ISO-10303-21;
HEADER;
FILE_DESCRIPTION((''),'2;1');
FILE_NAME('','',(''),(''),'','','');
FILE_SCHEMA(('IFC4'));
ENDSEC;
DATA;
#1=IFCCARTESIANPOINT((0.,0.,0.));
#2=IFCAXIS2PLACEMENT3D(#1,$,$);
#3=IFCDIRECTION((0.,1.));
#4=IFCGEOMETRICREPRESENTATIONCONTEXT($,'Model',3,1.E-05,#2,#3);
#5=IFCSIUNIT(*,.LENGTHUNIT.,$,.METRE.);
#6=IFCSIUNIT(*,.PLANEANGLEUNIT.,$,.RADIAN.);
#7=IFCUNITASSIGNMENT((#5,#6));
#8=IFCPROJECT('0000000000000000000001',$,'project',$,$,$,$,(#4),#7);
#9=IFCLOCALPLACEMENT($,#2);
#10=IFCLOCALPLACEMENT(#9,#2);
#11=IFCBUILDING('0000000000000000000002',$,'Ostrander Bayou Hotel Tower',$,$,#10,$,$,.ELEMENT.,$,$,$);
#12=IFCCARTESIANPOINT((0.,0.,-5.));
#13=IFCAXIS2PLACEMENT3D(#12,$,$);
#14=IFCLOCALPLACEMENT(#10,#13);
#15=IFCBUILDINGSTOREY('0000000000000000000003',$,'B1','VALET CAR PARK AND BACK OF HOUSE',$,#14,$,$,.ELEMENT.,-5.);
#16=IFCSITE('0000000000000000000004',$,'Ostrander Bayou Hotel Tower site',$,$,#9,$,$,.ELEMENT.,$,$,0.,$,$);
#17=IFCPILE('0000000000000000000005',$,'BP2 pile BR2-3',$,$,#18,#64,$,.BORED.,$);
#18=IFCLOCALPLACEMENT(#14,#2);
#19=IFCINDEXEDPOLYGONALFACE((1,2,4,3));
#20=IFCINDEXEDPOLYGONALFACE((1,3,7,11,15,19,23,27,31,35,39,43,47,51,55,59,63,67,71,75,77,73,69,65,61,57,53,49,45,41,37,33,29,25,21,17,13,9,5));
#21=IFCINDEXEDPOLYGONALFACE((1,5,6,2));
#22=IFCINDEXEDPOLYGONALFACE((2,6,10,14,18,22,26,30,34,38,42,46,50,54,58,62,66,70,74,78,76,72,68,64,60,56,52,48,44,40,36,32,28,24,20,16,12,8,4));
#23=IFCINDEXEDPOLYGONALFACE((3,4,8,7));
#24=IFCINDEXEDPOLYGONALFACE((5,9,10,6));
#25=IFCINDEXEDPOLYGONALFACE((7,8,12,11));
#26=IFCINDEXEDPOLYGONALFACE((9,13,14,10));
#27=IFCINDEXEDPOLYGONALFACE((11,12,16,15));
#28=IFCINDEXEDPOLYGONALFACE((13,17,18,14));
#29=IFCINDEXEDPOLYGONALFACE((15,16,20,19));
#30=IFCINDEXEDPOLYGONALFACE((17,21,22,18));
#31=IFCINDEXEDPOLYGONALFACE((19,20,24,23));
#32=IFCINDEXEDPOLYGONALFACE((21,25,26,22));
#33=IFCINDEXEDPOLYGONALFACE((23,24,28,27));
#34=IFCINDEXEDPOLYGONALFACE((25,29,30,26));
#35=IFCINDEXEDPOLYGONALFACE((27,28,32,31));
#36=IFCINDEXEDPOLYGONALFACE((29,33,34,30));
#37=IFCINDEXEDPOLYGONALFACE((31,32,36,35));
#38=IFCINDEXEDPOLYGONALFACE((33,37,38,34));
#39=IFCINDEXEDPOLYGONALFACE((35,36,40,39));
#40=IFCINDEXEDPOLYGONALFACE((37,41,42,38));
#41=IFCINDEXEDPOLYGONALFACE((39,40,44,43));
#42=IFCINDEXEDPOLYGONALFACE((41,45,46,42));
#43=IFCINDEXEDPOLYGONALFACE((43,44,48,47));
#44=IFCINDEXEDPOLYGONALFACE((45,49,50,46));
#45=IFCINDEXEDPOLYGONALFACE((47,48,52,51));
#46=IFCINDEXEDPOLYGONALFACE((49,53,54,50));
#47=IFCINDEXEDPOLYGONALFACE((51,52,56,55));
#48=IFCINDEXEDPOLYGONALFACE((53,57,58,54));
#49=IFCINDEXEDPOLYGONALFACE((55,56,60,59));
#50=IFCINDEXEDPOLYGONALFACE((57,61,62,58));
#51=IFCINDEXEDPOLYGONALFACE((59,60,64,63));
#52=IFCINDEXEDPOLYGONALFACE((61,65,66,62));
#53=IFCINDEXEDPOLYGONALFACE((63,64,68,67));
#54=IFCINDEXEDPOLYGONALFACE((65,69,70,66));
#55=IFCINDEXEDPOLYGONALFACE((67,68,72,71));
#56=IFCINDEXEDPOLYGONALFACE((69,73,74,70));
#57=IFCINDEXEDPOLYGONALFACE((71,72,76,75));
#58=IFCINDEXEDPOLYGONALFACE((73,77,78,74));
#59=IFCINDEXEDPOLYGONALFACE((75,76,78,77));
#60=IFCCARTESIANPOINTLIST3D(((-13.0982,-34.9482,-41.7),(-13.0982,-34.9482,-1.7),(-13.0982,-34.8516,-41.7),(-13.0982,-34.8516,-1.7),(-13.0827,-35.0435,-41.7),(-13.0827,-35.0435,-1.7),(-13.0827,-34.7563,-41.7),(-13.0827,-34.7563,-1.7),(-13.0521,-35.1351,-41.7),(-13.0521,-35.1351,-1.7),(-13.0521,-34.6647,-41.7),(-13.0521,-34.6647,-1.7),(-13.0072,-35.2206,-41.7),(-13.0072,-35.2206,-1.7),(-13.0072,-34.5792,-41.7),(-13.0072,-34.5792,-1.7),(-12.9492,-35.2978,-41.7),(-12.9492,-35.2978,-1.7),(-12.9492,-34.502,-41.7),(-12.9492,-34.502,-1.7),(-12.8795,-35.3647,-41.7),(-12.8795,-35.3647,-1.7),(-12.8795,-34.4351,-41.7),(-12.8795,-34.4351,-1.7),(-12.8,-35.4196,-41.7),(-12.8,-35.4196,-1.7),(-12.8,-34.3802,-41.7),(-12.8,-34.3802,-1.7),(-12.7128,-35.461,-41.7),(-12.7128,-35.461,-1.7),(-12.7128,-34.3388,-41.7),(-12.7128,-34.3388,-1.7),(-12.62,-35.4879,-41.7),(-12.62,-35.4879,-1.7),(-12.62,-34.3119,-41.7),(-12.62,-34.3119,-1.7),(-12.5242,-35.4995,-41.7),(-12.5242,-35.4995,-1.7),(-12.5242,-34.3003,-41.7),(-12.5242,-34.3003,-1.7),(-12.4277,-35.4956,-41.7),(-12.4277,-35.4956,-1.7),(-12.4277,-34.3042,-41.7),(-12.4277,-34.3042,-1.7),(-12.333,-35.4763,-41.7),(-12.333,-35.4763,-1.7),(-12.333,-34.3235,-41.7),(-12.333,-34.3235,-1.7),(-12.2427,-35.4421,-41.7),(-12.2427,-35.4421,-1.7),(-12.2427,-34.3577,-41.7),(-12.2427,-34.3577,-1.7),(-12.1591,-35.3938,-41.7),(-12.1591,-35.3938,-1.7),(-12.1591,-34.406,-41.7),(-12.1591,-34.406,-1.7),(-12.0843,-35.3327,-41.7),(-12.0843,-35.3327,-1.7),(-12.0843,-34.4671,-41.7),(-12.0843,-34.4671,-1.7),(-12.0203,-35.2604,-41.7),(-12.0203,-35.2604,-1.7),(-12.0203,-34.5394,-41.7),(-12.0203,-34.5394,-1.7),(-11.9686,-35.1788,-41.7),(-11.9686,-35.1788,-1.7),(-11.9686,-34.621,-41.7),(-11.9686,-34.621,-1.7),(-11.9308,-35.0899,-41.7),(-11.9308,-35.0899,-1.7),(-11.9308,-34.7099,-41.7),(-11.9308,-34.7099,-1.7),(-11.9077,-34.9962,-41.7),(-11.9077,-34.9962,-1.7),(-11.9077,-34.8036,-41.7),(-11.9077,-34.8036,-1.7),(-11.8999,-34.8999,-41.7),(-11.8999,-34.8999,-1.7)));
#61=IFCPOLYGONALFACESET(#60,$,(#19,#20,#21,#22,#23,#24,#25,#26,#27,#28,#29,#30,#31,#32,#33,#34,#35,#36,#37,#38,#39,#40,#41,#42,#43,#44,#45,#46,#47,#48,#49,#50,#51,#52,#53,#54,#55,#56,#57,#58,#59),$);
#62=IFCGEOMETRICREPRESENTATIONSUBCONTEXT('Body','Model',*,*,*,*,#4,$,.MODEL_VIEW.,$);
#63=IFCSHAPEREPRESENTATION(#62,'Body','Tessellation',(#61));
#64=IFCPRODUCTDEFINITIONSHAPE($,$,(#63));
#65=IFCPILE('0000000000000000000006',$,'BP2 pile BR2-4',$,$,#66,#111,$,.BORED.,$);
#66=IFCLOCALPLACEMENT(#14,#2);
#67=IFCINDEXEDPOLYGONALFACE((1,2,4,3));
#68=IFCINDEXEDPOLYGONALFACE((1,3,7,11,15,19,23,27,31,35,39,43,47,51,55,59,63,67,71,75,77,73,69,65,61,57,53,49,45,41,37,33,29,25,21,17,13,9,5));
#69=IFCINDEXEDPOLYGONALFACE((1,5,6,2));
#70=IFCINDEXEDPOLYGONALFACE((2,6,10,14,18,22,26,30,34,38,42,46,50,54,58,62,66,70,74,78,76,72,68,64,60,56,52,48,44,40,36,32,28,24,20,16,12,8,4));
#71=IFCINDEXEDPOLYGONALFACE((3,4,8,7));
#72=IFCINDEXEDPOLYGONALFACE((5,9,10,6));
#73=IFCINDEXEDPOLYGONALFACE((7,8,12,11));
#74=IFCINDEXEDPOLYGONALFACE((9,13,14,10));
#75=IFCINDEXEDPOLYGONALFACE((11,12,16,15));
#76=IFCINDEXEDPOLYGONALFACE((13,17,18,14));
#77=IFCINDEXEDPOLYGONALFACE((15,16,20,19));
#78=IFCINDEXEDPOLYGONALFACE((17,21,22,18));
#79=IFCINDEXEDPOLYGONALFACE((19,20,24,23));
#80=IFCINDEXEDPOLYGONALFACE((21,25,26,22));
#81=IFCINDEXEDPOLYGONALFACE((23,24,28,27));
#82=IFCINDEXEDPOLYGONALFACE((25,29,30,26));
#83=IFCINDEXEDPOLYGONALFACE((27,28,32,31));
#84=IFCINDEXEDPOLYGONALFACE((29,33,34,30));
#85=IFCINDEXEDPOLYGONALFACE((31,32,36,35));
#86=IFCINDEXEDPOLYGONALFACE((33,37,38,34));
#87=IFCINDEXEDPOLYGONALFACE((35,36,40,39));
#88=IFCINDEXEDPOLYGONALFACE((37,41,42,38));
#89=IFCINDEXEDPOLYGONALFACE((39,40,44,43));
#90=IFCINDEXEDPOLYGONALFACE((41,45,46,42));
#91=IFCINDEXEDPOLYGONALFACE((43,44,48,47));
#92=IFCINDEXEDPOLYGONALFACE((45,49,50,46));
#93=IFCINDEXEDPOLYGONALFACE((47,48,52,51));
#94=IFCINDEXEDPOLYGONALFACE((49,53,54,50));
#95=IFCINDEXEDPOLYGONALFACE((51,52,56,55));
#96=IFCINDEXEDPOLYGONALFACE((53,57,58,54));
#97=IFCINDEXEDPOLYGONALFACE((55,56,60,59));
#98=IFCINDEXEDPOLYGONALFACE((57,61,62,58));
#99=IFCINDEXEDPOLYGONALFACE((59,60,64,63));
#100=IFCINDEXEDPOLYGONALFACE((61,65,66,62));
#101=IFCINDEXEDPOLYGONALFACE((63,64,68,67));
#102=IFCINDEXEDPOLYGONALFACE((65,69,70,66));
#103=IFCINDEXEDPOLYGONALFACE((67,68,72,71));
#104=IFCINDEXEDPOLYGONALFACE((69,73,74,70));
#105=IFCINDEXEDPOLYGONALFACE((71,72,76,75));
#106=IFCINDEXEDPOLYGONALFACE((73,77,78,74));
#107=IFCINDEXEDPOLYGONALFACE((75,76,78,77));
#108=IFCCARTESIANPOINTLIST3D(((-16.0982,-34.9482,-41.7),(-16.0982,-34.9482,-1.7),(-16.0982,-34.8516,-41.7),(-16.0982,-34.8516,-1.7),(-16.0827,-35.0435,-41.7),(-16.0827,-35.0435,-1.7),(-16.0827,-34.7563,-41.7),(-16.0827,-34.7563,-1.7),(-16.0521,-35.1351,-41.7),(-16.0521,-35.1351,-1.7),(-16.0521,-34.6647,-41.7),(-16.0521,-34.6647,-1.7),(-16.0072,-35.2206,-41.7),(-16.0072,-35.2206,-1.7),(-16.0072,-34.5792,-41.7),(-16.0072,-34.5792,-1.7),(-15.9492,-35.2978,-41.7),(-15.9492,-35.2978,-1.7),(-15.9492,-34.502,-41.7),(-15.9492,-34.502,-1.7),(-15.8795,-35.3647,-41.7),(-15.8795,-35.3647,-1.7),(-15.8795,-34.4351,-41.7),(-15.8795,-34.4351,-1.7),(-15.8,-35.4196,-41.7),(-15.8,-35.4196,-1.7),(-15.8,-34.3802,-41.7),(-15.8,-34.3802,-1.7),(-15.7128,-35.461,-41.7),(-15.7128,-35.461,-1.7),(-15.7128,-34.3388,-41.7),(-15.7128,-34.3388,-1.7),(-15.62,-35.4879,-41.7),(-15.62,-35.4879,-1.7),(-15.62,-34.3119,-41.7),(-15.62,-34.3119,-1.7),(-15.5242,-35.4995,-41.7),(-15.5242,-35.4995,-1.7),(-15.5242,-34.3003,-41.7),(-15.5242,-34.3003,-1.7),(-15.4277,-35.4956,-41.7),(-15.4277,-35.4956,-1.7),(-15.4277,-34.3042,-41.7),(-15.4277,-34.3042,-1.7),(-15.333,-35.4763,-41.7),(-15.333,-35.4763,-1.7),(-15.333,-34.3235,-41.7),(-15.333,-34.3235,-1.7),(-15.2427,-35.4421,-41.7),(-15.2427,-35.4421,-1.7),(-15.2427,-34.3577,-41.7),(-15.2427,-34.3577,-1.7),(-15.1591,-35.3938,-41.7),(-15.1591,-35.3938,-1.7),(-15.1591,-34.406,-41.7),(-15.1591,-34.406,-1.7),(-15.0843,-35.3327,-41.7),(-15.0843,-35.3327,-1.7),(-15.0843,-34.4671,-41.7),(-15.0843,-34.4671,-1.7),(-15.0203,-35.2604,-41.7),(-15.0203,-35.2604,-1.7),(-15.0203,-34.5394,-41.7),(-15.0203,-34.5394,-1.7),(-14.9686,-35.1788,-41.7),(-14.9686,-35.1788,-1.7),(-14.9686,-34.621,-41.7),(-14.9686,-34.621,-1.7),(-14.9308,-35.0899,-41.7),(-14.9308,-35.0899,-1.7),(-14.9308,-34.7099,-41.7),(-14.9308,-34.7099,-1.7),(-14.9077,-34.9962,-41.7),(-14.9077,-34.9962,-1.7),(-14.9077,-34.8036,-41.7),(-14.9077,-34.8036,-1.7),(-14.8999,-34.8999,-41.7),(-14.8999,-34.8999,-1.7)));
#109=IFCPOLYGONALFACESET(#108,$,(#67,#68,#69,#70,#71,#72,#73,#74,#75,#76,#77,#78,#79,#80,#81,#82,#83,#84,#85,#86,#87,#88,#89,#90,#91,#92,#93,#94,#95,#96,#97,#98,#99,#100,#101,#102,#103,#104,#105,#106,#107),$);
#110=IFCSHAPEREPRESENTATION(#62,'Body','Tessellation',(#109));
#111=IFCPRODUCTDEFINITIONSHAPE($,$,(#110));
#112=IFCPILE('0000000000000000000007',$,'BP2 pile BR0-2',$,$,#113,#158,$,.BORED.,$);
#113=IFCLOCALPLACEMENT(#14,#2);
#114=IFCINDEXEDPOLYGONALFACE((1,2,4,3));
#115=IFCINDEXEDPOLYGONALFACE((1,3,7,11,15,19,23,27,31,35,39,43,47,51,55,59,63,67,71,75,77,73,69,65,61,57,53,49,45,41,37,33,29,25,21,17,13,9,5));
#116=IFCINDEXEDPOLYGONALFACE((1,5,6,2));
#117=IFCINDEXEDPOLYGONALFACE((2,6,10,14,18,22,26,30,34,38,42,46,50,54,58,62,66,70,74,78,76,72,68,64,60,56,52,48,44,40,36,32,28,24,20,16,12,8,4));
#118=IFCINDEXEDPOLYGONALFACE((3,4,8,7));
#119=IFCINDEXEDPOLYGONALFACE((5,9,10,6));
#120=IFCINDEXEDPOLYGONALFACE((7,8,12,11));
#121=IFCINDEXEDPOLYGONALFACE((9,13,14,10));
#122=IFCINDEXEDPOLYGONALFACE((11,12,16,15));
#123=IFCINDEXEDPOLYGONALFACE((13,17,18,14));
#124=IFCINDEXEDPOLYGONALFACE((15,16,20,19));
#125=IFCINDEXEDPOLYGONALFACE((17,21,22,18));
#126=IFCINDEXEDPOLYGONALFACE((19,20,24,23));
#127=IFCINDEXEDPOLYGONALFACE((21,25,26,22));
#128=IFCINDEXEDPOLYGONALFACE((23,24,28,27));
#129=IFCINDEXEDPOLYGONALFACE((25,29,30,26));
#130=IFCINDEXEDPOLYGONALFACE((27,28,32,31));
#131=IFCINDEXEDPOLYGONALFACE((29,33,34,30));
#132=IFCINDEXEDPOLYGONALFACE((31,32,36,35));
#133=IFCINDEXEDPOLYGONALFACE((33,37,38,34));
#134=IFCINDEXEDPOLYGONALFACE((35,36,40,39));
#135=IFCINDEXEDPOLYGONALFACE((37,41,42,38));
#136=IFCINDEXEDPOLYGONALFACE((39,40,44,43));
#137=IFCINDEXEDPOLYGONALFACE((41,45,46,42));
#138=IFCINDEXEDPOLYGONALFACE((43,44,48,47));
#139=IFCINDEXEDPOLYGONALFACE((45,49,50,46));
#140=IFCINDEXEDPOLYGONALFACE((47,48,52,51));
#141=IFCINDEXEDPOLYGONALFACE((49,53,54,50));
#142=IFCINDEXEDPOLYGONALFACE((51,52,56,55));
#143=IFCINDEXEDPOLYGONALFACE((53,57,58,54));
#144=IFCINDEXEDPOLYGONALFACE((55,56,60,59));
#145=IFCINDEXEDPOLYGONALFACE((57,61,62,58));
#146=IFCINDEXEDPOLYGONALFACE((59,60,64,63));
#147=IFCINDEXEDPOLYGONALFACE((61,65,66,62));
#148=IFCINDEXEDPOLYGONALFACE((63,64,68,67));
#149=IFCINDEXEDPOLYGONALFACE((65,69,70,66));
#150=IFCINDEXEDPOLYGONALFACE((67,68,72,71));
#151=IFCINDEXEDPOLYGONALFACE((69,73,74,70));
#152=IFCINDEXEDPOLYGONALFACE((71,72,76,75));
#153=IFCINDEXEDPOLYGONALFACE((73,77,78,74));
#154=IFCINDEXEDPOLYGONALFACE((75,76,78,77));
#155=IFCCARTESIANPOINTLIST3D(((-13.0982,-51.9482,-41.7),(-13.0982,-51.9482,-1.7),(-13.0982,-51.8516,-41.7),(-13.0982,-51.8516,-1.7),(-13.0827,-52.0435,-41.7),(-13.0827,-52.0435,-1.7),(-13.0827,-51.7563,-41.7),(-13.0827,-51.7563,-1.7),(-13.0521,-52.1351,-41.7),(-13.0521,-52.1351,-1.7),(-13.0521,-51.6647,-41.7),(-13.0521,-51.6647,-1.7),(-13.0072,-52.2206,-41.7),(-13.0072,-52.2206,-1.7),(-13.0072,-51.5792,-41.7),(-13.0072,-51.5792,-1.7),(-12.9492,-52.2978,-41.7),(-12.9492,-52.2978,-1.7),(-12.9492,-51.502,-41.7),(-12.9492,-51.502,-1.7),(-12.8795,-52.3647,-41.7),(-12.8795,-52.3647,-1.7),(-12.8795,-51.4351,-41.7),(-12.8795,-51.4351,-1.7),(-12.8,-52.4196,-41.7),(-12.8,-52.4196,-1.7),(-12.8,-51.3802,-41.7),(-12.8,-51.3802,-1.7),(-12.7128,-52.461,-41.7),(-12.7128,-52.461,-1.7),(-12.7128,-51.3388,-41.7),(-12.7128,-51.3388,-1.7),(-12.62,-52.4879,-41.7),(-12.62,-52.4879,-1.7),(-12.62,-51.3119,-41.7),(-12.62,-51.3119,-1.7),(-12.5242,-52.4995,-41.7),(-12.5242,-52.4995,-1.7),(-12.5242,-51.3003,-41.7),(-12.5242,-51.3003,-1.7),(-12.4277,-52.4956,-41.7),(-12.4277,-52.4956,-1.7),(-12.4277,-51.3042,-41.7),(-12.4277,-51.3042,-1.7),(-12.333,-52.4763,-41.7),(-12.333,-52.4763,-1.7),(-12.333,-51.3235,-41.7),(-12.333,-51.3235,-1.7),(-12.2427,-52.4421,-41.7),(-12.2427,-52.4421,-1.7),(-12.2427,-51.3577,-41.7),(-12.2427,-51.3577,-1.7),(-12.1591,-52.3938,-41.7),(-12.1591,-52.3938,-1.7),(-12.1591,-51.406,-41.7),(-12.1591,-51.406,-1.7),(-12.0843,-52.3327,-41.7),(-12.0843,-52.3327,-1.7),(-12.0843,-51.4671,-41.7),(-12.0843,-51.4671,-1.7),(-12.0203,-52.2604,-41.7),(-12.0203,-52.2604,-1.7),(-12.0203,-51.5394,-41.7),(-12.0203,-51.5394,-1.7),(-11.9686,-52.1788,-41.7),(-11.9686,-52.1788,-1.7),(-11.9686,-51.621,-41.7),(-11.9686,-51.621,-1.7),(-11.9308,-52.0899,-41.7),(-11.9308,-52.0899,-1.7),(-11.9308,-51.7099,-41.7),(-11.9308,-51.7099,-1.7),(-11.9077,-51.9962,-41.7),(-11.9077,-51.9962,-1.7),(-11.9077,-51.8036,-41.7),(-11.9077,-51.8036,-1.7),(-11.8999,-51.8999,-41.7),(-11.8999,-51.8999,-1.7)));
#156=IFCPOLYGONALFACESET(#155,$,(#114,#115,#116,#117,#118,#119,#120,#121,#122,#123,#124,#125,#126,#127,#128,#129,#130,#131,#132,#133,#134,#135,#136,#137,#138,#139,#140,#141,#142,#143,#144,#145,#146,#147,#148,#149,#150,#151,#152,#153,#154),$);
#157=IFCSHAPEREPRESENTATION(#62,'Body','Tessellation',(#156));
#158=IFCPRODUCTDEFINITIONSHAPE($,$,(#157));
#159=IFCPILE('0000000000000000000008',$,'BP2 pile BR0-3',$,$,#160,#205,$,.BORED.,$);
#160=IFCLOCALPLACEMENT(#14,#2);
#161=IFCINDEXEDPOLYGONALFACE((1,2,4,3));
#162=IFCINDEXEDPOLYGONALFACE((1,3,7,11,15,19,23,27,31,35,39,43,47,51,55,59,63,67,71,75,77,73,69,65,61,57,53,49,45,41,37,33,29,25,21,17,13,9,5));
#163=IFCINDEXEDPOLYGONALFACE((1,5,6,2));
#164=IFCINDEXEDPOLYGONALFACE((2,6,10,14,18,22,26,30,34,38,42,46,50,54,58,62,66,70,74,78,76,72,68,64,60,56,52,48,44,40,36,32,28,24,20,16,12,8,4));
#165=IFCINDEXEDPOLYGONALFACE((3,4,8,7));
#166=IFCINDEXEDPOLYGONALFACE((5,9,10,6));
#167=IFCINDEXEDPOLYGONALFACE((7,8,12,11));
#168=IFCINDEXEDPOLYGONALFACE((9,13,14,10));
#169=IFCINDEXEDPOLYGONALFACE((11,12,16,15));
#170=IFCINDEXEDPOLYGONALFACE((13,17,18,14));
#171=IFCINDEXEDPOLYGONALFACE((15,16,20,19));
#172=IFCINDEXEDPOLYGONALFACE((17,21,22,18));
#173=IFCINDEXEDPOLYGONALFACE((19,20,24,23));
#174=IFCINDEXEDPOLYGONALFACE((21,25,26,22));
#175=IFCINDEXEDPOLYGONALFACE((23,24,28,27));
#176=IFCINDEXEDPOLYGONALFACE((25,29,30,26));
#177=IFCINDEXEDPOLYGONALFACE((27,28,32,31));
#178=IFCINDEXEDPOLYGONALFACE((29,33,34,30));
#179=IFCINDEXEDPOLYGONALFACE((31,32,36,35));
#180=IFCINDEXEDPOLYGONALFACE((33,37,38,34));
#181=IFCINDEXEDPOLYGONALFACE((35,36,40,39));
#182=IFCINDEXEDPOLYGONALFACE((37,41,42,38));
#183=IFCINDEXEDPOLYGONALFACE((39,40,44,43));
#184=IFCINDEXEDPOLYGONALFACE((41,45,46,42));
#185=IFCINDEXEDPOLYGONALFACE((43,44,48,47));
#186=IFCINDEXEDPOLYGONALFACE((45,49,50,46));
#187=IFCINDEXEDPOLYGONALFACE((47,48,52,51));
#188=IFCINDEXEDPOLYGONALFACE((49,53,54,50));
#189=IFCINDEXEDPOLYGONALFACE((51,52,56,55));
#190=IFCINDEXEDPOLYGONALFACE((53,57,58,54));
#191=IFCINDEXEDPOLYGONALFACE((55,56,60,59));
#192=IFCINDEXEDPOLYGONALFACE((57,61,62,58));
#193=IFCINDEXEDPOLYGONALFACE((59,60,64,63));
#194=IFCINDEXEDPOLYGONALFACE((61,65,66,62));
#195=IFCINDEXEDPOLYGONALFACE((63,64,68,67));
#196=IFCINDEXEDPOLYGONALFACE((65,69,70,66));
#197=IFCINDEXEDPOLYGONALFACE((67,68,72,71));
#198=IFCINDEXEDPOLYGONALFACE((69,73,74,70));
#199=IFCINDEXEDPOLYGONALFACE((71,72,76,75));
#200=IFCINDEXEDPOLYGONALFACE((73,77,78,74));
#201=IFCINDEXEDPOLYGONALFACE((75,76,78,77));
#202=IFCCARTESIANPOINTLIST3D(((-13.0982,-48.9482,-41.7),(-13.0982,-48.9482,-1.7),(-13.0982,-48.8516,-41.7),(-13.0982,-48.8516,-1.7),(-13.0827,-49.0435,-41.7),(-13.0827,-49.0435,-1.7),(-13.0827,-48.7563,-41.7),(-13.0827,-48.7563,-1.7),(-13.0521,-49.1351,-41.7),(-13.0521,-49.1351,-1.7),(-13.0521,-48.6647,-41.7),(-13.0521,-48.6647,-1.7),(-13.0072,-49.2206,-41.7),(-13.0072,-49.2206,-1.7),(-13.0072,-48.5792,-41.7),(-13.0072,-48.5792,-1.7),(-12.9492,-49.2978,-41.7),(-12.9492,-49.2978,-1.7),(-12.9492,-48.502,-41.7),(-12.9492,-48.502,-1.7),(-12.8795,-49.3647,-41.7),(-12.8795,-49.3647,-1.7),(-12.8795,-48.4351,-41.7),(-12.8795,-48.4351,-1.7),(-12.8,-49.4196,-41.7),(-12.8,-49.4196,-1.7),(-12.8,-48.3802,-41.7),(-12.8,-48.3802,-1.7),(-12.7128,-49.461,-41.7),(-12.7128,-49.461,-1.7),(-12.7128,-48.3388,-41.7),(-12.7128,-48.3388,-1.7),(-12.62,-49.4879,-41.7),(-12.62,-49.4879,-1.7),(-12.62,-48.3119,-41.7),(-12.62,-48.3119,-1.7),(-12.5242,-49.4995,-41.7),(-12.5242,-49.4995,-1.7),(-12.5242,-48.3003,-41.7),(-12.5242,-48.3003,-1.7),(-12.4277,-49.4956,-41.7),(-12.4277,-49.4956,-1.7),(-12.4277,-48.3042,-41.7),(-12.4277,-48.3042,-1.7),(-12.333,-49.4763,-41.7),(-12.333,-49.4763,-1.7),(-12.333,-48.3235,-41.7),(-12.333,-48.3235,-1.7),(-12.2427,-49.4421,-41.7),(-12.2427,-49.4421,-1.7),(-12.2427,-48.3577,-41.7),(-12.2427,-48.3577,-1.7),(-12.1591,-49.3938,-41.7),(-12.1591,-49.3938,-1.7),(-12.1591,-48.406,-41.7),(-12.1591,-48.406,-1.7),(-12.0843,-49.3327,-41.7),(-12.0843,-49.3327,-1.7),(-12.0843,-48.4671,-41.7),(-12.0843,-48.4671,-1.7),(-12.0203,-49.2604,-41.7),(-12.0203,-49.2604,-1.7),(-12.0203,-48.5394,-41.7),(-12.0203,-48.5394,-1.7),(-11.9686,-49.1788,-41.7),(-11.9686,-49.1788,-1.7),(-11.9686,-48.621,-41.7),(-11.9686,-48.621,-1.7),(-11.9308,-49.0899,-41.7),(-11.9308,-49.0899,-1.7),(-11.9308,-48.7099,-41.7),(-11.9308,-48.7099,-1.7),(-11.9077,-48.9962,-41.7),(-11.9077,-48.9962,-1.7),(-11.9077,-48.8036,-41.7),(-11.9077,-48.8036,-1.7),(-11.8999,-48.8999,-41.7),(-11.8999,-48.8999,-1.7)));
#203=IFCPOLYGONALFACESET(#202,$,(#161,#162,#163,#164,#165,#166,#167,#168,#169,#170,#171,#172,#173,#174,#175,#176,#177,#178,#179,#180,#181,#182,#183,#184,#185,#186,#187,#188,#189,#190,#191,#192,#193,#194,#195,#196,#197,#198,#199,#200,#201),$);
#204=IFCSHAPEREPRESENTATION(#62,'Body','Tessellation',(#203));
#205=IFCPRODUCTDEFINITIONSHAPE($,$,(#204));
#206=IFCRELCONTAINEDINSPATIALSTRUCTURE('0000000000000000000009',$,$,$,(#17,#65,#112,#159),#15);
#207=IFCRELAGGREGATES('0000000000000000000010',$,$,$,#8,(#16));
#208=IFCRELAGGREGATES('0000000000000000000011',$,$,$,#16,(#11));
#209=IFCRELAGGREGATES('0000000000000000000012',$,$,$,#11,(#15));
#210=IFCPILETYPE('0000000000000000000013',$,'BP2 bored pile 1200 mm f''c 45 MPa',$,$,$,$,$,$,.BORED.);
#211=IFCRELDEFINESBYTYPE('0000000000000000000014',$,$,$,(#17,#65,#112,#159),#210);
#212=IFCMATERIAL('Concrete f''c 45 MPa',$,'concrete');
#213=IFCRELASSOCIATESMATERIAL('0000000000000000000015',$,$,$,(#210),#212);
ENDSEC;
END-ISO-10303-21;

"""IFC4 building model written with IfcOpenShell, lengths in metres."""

from ifc_helpers import new_model, si_unit, direction, frame, origin, origin_2d, place, context, subcontext, project, spatial, circle, extrude, material, material_profile, profile_set, type_object, element, save


model = new_model("IFC4")

# Units and contexts
model_context = context("Model", 3, precision=1e-05, world=origin(), true_north=direction((0.0, 1.0)))
body_context = subcontext(model_context, "Body", "Model", "MODEL_VIEW")
ifc_project = project(units=[si_unit("LENGTHUNIT", "METRE"), si_unit("PLANEANGLEUNIT", "RADIAN")], contexts=[model_context])

# Site, building, storey
site_placement = place(None, origin())
site = spatial("IfcSite", under=ifc_project, at=site_placement, Name="Ostrander Bayou Hotel Tower site", CompositionType="ELEMENT", RefElevation=0.0)
building_placement = place(site_placement, origin())
building = spatial("IfcBuilding", under=site, at=building_placement, Name="Ostrander Bayou Hotel Tower", CompositionType="ELEMENT")
storey_placement = place(building_placement, frame((0.0, 0.0, -5.0)))
storey = spatial("IfcBuildingStorey", under=building, at=storey_placement, Name="B1", Description="VALET CAR PARK AND BACK OF HOUSE", CompositionType="ELEMENT", Elevation=-5.0)

# Piles
ifc_material_1 = material(Name="Concrete f'c 45 MPa", Category="concrete")
ifc_material_profile_1 = material_profile(ifc_material_1, circle(Radius=0.6001, at=origin_2d()))
ifc_profile_set_1 = profile_set([ifc_material_profile_1], Name="Concrete f'c 45 MPa")
pile_type = type_object("IfcPileType", Name="BP2 bored pile 1200 mm f'c 45 MPa", PredefinedType="BORED", material=ifc_profile_set_1)
for number, where, z_axis, x_axis, name in (
    (1, (-12.5, -34.8999, -1.7), (0.0, 0.0, -1.0), (1.0, 0.0, 0.0), "BP2 pile BR2-3"),
    (2, (-15.5, -34.8999, -1.7), (0.0, 0.0, -1.0), (1.0, 0.0, 0.0), "BP2 pile BR2-4"),
    (3, (-12.5, -51.8999, -1.7), (0.0, 0.0, -1.0), (1.0, 0.0, 0.0), "BP2 pile BR0-2"),
    (4, (-12.5, -48.8999, -1.7), (0.0, 0.0, -1.0), (1.0, 0.0, 0.0), "BP2 pile BR0-3"),
):
    element("IfcPile", number, at=place(storey_placement, frame(where, z_axis=z_axis, x_axis=x_axis)), inside=storey, type_object=pile_type, Name=name, PredefinedType="BORED", context=body_context, shape_type="SweptSolid", body=[
        extrude(circle(Radius=0.6001, at=origin_2d()), origin(), (0.0, 0.0, 1.0), 40.0),
    ])

save(model, "model.ifc")
